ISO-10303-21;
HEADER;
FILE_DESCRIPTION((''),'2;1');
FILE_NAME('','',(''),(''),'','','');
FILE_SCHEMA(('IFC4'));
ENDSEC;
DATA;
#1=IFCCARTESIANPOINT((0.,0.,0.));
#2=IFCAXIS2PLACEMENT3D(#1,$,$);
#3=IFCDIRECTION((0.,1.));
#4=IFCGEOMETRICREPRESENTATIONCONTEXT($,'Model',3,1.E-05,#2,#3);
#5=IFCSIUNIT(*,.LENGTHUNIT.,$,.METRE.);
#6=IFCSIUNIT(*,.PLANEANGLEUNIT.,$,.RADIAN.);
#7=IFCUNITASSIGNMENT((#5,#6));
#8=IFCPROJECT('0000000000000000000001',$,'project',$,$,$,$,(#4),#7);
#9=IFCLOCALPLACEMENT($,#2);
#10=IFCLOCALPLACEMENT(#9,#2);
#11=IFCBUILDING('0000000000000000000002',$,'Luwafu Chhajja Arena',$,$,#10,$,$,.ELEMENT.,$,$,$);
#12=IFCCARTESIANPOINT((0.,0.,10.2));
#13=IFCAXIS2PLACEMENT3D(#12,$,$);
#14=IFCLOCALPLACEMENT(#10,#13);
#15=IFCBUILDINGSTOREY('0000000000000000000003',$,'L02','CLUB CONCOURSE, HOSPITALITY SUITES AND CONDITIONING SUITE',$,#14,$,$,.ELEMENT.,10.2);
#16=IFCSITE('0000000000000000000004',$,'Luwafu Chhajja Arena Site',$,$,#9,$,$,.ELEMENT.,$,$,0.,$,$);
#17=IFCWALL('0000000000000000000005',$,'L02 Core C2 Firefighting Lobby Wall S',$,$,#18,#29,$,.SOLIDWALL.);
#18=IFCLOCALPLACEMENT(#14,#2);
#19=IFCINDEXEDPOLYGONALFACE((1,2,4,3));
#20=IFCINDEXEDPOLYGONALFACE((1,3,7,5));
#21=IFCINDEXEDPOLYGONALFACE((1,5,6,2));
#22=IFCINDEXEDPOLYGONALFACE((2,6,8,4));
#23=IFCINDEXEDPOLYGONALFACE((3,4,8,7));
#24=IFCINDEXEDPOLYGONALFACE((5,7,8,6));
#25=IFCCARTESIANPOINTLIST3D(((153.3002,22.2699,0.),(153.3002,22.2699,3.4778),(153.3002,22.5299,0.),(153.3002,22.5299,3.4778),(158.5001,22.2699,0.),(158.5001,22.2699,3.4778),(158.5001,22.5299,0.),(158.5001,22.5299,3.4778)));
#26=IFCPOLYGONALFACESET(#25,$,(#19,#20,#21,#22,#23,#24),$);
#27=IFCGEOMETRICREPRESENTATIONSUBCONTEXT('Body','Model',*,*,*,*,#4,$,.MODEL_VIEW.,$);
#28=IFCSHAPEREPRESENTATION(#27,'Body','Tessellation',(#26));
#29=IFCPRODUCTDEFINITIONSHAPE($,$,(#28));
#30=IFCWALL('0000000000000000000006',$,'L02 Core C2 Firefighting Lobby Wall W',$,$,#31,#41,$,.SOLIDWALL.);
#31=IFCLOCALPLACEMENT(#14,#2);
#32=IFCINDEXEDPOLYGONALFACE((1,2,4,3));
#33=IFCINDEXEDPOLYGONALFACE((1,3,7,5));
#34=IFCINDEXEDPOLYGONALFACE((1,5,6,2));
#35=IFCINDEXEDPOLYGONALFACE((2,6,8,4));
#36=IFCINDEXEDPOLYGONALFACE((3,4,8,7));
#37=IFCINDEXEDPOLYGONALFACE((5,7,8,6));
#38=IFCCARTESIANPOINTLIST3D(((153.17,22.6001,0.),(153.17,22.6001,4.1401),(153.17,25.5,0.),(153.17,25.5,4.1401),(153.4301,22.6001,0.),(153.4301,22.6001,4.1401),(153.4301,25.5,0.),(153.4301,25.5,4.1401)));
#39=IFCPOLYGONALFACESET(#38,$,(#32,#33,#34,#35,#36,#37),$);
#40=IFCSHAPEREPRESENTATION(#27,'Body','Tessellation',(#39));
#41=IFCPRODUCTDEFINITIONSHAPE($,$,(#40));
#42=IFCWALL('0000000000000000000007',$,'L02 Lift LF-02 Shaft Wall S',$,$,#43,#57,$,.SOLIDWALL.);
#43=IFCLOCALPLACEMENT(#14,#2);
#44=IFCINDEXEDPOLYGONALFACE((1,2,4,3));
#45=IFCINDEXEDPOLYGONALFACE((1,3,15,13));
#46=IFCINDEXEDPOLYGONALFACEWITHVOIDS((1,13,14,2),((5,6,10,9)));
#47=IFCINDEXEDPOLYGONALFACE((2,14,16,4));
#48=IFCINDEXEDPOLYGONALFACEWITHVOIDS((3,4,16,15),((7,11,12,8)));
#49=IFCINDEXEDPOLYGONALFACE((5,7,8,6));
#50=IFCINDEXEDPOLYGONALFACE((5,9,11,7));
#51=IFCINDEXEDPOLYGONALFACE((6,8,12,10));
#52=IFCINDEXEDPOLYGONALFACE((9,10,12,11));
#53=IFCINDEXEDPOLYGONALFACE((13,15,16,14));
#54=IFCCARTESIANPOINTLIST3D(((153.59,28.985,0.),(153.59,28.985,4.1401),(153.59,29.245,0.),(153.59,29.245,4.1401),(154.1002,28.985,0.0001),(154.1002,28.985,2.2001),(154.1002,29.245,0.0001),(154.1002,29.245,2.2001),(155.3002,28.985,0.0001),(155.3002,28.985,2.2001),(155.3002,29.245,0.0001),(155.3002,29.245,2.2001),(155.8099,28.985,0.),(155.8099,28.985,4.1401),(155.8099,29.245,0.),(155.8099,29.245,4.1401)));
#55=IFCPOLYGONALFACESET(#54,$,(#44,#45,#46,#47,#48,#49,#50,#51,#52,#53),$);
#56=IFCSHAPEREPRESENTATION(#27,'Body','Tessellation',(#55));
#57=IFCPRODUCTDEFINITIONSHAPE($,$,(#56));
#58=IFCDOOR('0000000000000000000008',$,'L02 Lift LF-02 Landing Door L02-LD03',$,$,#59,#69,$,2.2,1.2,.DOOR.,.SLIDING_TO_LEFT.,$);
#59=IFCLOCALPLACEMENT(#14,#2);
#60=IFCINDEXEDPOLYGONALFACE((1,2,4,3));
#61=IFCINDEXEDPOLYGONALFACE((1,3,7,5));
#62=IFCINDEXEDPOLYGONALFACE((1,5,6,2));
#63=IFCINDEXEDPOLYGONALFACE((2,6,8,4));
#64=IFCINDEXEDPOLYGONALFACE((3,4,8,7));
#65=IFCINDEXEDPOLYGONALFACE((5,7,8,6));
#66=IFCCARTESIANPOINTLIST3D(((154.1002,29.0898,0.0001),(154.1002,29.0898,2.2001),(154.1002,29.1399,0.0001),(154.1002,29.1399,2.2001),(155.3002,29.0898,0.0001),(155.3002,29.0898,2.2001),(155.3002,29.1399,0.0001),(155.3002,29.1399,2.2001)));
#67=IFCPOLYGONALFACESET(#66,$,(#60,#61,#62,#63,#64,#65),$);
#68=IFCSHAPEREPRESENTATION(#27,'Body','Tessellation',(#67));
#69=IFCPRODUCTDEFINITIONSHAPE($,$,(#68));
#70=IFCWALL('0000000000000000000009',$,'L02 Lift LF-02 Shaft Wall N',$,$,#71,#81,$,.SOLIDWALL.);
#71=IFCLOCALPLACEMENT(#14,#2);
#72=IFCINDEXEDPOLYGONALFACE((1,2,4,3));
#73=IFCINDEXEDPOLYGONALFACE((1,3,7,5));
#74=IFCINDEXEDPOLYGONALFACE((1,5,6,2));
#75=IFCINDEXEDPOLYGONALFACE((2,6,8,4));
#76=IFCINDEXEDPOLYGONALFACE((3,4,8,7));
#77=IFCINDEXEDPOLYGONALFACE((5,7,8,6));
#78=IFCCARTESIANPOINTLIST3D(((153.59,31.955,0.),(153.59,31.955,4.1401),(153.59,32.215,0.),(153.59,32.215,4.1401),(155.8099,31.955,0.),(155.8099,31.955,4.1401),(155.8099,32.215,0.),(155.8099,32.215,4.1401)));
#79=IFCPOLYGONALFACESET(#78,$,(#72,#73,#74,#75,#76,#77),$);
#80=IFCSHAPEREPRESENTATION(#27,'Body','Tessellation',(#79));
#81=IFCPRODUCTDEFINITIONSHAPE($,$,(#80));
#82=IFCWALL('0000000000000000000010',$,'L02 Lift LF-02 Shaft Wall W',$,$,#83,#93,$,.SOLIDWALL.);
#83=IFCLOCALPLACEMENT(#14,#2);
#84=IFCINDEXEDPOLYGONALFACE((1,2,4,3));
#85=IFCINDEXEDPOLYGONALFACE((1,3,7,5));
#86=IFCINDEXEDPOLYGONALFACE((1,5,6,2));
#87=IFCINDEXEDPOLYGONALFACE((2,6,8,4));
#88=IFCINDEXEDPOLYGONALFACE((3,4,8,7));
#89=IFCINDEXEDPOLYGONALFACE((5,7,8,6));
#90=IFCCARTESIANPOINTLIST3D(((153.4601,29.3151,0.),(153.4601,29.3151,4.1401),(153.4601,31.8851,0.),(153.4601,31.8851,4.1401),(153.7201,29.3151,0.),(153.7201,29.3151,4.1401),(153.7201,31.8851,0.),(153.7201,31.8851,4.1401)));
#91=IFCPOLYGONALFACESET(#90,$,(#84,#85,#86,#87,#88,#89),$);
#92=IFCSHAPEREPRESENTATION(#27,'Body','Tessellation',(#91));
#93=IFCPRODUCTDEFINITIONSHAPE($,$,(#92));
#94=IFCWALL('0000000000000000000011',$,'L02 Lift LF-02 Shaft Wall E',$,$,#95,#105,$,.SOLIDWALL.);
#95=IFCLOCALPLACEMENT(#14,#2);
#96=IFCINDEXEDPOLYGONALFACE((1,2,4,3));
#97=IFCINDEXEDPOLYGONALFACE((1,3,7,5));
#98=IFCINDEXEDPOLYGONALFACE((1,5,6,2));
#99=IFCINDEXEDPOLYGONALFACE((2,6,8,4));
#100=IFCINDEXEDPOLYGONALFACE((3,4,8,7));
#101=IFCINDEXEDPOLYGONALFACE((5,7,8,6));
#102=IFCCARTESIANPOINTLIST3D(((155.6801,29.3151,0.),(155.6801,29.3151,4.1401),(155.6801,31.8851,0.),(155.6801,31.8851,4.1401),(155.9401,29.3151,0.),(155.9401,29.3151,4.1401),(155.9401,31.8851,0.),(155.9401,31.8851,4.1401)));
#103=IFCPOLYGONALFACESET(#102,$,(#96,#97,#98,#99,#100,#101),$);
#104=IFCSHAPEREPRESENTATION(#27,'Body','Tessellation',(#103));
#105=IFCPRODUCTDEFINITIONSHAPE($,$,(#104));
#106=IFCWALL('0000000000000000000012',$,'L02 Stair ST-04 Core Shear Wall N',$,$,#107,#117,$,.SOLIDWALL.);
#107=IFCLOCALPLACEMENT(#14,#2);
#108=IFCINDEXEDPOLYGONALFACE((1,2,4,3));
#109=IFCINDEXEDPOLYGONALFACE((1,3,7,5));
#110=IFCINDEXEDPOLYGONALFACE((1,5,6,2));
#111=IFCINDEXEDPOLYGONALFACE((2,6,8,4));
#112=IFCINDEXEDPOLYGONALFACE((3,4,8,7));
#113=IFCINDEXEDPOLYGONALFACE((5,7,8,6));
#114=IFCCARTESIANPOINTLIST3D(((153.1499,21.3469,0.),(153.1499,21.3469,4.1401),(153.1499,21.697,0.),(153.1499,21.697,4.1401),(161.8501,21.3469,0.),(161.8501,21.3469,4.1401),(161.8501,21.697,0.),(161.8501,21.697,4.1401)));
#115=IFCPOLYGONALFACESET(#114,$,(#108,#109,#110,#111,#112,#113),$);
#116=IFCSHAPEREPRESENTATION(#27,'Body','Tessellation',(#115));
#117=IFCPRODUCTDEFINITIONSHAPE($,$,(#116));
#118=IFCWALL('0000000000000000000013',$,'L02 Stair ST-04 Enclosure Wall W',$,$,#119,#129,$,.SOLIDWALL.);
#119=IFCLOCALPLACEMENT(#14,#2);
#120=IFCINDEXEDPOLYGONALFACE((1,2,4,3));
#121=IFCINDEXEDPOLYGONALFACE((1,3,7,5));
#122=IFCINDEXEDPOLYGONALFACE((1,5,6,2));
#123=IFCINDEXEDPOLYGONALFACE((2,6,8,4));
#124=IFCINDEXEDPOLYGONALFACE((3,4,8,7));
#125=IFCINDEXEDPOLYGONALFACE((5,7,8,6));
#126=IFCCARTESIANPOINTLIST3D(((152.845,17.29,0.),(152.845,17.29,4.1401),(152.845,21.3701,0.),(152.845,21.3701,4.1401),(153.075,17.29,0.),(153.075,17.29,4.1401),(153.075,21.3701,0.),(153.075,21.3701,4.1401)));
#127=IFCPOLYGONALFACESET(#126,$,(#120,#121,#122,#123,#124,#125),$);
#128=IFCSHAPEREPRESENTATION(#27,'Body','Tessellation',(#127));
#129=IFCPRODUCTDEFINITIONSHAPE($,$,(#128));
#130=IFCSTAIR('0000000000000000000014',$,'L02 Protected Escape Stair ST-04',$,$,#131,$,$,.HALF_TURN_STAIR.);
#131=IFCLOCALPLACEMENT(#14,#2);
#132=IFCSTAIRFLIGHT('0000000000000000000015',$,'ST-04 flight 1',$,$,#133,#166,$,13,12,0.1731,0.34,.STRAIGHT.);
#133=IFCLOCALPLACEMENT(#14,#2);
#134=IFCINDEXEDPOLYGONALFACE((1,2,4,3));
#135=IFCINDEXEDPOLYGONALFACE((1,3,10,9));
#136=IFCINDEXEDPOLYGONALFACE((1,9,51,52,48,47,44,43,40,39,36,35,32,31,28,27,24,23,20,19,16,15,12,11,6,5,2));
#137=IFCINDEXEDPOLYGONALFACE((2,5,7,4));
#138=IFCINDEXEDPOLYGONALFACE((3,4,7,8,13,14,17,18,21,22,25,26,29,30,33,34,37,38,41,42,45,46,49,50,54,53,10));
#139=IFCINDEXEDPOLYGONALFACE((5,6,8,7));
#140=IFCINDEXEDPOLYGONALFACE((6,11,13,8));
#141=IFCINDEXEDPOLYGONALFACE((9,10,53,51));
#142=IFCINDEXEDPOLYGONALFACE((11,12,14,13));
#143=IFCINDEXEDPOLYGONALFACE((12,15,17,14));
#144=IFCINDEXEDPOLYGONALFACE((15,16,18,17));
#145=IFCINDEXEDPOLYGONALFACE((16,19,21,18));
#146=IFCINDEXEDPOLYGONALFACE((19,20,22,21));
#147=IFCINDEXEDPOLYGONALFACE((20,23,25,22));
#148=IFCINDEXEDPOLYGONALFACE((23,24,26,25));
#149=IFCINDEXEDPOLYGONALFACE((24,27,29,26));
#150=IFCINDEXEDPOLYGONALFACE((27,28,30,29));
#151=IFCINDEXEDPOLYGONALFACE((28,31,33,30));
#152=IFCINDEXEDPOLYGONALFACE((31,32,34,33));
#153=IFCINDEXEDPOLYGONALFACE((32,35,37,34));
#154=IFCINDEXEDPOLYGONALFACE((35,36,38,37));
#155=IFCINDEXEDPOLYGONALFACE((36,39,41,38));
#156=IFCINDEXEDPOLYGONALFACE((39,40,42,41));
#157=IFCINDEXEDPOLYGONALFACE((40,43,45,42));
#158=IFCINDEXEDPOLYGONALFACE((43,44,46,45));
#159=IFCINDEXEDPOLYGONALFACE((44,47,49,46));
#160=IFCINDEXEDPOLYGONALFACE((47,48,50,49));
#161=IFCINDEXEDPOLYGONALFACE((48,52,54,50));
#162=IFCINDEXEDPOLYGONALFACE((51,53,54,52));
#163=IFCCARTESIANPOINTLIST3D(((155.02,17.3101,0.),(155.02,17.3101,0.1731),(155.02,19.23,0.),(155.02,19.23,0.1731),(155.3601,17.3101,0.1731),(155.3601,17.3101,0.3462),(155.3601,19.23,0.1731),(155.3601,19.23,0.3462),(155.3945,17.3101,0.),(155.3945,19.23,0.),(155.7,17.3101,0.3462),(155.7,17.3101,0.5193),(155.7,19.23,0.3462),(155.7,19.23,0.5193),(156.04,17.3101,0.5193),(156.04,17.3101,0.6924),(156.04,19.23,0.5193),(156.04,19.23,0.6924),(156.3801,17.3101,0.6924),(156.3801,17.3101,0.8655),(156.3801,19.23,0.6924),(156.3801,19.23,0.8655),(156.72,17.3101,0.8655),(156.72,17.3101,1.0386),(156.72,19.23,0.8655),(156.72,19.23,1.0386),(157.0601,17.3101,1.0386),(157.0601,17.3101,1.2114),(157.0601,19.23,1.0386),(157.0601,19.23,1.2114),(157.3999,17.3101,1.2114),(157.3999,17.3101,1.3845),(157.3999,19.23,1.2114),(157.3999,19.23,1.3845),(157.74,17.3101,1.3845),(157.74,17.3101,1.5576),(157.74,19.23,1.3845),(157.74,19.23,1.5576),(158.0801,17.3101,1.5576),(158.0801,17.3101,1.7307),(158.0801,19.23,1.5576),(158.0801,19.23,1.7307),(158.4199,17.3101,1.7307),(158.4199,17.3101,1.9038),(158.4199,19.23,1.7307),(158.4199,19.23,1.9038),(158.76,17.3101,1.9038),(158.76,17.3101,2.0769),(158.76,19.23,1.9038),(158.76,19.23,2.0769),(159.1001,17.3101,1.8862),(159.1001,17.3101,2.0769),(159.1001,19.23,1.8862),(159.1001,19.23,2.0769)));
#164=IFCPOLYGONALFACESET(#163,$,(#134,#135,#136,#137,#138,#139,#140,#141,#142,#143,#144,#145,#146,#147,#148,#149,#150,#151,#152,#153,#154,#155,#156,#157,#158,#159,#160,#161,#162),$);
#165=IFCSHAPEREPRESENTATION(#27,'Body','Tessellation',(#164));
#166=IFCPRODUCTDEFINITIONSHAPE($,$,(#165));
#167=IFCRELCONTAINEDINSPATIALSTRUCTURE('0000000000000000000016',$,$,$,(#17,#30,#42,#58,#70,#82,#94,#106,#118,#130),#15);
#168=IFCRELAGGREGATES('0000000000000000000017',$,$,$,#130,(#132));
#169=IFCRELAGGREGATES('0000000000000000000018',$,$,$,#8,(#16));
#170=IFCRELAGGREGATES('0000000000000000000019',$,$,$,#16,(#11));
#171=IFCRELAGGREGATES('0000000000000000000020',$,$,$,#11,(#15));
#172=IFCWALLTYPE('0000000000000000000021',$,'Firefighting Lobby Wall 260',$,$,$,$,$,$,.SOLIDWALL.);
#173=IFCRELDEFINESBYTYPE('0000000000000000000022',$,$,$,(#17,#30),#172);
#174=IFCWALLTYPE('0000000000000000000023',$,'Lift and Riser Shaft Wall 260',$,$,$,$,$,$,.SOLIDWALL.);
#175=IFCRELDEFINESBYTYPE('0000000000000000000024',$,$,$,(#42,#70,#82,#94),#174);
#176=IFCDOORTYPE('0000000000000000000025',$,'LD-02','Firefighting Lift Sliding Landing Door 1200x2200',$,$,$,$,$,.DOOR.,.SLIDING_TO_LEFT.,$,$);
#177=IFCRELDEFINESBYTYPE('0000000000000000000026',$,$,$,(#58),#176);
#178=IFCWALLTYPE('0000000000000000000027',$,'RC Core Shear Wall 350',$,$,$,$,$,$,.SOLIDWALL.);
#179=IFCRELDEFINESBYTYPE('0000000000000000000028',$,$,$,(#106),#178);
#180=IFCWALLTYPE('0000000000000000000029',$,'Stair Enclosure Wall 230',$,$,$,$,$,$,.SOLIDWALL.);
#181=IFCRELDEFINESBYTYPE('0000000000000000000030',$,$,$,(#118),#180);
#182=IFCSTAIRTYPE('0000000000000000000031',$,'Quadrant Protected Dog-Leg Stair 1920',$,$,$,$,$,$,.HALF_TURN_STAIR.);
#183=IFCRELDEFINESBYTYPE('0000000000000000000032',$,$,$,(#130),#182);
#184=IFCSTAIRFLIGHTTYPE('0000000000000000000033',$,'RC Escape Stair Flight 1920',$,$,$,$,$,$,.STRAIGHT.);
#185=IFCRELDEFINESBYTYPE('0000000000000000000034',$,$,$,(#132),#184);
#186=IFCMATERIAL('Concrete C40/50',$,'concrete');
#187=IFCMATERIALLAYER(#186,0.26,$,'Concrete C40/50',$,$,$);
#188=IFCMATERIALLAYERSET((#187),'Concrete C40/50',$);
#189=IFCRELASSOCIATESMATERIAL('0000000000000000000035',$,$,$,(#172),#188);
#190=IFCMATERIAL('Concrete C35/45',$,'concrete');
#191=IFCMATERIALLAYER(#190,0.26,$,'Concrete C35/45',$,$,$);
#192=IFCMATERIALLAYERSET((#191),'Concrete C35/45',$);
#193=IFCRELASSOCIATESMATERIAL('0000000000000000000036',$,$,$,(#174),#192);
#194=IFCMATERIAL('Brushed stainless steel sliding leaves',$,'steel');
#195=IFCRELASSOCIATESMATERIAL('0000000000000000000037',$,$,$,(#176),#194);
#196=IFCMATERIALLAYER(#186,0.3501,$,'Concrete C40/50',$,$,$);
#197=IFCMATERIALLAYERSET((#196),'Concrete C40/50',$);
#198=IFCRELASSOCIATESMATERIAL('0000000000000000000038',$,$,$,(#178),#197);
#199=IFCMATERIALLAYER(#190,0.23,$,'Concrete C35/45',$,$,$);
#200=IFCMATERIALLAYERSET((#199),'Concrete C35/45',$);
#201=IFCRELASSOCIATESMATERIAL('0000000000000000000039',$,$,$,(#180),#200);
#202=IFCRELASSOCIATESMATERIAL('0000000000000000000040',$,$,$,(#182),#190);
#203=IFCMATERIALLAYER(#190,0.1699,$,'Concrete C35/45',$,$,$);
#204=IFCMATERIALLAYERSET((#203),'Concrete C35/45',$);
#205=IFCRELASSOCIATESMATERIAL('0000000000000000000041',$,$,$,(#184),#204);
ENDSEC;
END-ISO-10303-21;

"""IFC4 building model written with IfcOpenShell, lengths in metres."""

from ifc_helpers import new_model, si_unit, direction, frame, frame_2d, origin, place, context, subcontext, project, spatial, polyline, rectangle, outline, extrude, material, layer, layer_set, type_object, element, fill, aggregate, save


model = new_model("IFC4")

# Units and contexts
model_context = context("Model", 3, precision=1e-05, world=origin(), true_north=direction((0.0, 1.0)))
body_context = subcontext(model_context, "Body", "Model", "MODEL_VIEW")
ifc_project = project(units=[si_unit("LENGTHUNIT", "METRE"), si_unit("PLANEANGLEUNIT", "RADIAN")], contexts=[model_context])

# Site, building, storey
site_placement = place(None, origin())
site = spatial("IfcSite", under=ifc_project, at=site_placement, Name="Luwafu Chhajja Arena Site", CompositionType="ELEMENT", RefElevation=0.0)
building_placement = place(site_placement, origin())
building = spatial("IfcBuilding", under=site, at=building_placement, Name="Luwafu Chhajja Arena", CompositionType="ELEMENT")
storey_placement = place(building_placement, frame((0.0, 0.0, 10.2)))
storey = spatial("IfcBuildingStorey", under=building, at=storey_placement, Name="L02", Description="CLUB CONCOURSE, HOSPITALITY SUITES AND CONDITIONING SUITE", CompositionType="ELEMENT", Elevation=10.2)

# Shared definitions
ifc_material_1 = material(Name="Concrete C35/45", Category="concrete")
ifc_material_2 = material(Name="Concrete C40/50", Category="concrete")

# Shared definitions
ifc_layer_1 = layer(ifc_material_2, 0.26, Name="Concrete C40/50")
ifc_layer_set_1 = layer_set([ifc_layer_1], Name="Concrete C40/50")
wall_type_1 = type_object("IfcWallType", Name="Firefighting Lobby Wall 260", PredefinedType="SOLIDWALL", material=ifc_layer_set_1)

# Walls
wall_1_placement = place(storey_placement, frame((153.3, 22.3999, 0.0), z_axis=(0.0, 0.0, 1.0), x_axis=(1.0, 0.0, 0.0)))
element("IfcWall", 1, at=wall_1_placement, inside=storey, type_object=wall_type_1, Name="L02 Core C2 Firefighting Lobby Wall S", PredefinedType="SOLIDWALL", context=body_context, shape_type="SweptSolid", body=[
    extrude(rectangle(XDim=5.2, YDim=0.26, at=frame_2d((2.6001, 0.0))), origin(), (0.0, 0.0, 1.0), 3.4778),
])
wall_2_placement = place(storey_placement, frame((153.3, 22.6001, 0.0), z_axis=(0.0, 0.0, 1.0), x_axis=(0.0, 1.0, 0.0)))
element("IfcWall", 2, at=wall_2_placement, inside=storey, type_object=wall_type_1, Name="L02 Core C2 Firefighting Lobby Wall W", PredefinedType="SOLIDWALL", context=body_context, shape_type="SweptSolid", body=[
    extrude(rectangle(XDim=2.8999, YDim=0.26, at=frame_2d((1.45, 0.0))), origin(), (0.0, 0.0, 1.0), 4.1401),
])

# Wall, opening, door
ifc_layer_2 = layer(ifc_material_1, 0.26, Name="Concrete C35/45")
ifc_layer_set_2 = layer_set([ifc_layer_2], Name="Concrete C35/45")
wall_type_2 = type_object("IfcWallType", Name="Lift and Riser Shaft Wall 260", PredefinedType="SOLIDWALL", material=ifc_layer_set_2)
wall_3_placement = place(storey_placement, frame((153.5901, 29.115, 0.0), z_axis=(0.0, 0.0, 1.0), x_axis=(1.0, 0.0, 0.0)))
wall_3 = element("IfcWall", 3, at=wall_3_placement, inside=storey, type_object=wall_type_2, Name="L02 Lift LF-02 Shaft Wall S", PredefinedType="SOLIDWALL", context=body_context, shape_type="SweptSolid", body=[
    extrude(rectangle(XDim=2.22, YDim=0.26, at=frame_2d((1.1099, 0.0))), origin(), (0.0, 0.0, 1.0), 4.1401),
])
opening_1_placement = place(wall_3_placement, frame((0.51, 0.0, 0.0)))
opening_1 = element("IfcOpeningElement", 4, at=opening_1_placement, cuts=wall_3, PredefinedType="OPENING", context=body_context, shape_type="SweptSolid", body=[
    extrude(rectangle(XDim=1.2, YDim=2.2, at=frame_2d((0.6001, 1.1001))), frame((0.0, 0.1399, 0.0), z_axis=(0.0, -1.0, 0.0), x_axis=(1.0, 0.0, 0.0)), (0.0, 0.0, 1.0), 0.28),
])
ifc_material_3 = material(Name="Brushed stainless steel sliding leaves", Category="steel")
door_type_1 = type_object("IfcDoorType", Name="LD-02", Description="Firefighting Lift Sliding Landing Door 1200x2200", OperationType="SLIDING_TO_LEFT", PredefinedType="DOOR", material=ifc_material_3)
door_1_placement = place(opening_1_placement, origin())
door_1 = element("IfcDoor", 5, at=door_1_placement, inside=storey, type_object=door_type_1, Name="L02 Lift LF-02 Landing Door L02-LD03", OperationType="SLIDING_TO_LEFT", OverallHeight=2.2, OverallWidth=1.2, PredefinedType="DOOR", context=body_context, shape_type="SweptSolid", body=[
    extrude(rectangle(XDim=1.2, YDim=2.2, at=frame_2d((0.6001, 1.1001))), frame((0.0, 0.0249, 0.0), z_axis=(0.0, -1.0, 0.0), x_axis=(1.0, 0.0, 0.0)), (0.0, 0.0, 1.0), 0.05),
])
fill(opening_1, door_1)

# Walls
wall_4_placement = place(storey_placement, frame((153.5901, 32.085, 0.0), z_axis=(0.0, 0.0, 1.0), x_axis=(1.0, 0.0, 0.0)))
element("IfcWall", 6, at=wall_4_placement, inside=storey, type_object=wall_type_2, Name="L02 Lift LF-02 Shaft Wall N", PredefinedType="SOLIDWALL", context=body_context, shape_type="SweptSolid", body=[
    extrude(rectangle(XDim=2.22, YDim=0.26, at=frame_2d((1.1099, 0.0))), origin(), (0.0, 0.0, 1.0), 4.1401),
])
for number, where, z_axis, x_axis, name in (
    (7, (153.5901, 29.3149, 0.0), (0.0, 0.0, 1.0), (0.0, 1.0, 0.0), "L02 Lift LF-02 Shaft Wall W"),
    (8, (155.8101, 29.3149, 0.0), (0.0, 0.0, 1.0), (0.0, 1.0, 0.0), "L02 Lift LF-02 Shaft Wall E"),
):
    element("IfcWall", number, at=place(storey_placement, frame(where, z_axis=z_axis, x_axis=x_axis)), inside=storey, type_object=wall_type_2, Name=name, PredefinedType="SOLIDWALL", context=body_context, shape_type="SweptSolid", body=[
        extrude(rectangle(XDim=2.5701, YDim=0.26, at=frame_2d((1.2852, 0.0))), origin(), (0.0, 0.0, 1.0), 4.1401),
    ])

# Walls
ifc_layer_3 = layer(ifc_material_2, 0.3501, Name="Concrete C40/50")
ifc_layer_set_3 = layer_set([ifc_layer_3], Name="Concrete C40/50")
wall_type_3 = type_object("IfcWallType", Name="RC Core Shear Wall 350", PredefinedType="SOLIDWALL", material=ifc_layer_set_3)
wall_5_placement = place(storey_placement, frame((153.1499, 21.522, 0.0), z_axis=(0.0, 0.0, 1.0), x_axis=(1.0, 0.0, 0.0)))
element("IfcWall", 9, at=wall_5_placement, inside=storey, type_object=wall_type_3, Name="L02 Stair ST-04 Core Shear Wall N", PredefinedType="SOLIDWALL", context=body_context, shape_type="SweptSolid", body=[
    extrude(rectangle(XDim=8.7002, YDim=0.3501, at=frame_2d((4.3501, 0.0))), origin(), (0.0, 0.0, 1.0), 4.1401),
])
ifc_layer_4 = layer(ifc_material_1, 0.23, Name="Concrete C35/45")
ifc_layer_set_4 = layer_set([ifc_layer_4], Name="Concrete C35/45")
wall_type_4 = type_object("IfcWallType", Name="Stair Enclosure Wall 230", PredefinedType="SOLIDWALL", material=ifc_layer_set_4)
wall_6_placement = place(storey_placement, frame((152.96, 17.29, 0.0), z_axis=(0.0, 0.0, 1.0), x_axis=(0.0, 1.0, 0.0)))
element("IfcWall", 10, at=wall_6_placement, inside=storey, type_object=wall_type_4, Name="L02 Stair ST-04 Enclosure Wall W", PredefinedType="SOLIDWALL", context=body_context, shape_type="SweptSolid", body=[
    extrude(rectangle(XDim=4.0801, YDim=0.23, at=frame_2d((2.04, 0.0))), origin(), (0.0, 0.0, 1.0), 4.1401),
])

# Stair, stair flight
stair_type = type_object("IfcStairType", Name="Quadrant Protected Dog-Leg Stair 1920", PredefinedType="HALF_TURN_STAIR", material=ifc_material_1)
stair_placement = place(storey_placement, origin())
stair = element("IfcStair", 11, at=stair_placement, inside=storey, type_object=stair_type, Name="L02 Protected Escape Stair ST-04", PredefinedType="HALF_TURN_STAIR")
ifc_layer_5 = layer(ifc_material_1, 0.1699, Name="Concrete C35/45")
ifc_layer_set_5 = layer_set([ifc_layer_5], Name="Concrete C35/45")
stair_flight_type = type_object("IfcStairFlightType", Name="RC Escape Stair Flight 1920", PredefinedType="STRAIGHT", material=ifc_layer_set_5)
stair_flight_placement = place(storey_placement, frame((155.02, 18.27, 0.0), z_axis=(0.0, 0.0, 1.0), x_axis=(1.0, 0.0, 0.0)))
stair_flight = element("IfcStairFlight", 12, at=stair_flight_placement, type_object=stair_flight_type, Name="ST-04 flight 1", NumberOfRisers=13, NumberOfTreads=12, PredefinedType="STRAIGHT", RiserHeight=0.1731, TreadLength=0.34, context=body_context, shape_type="SweptSolid", body=[
    extrude(outline(polyline([(0.0, 0.0), (0.0, 0.1731), (0.3401, 0.1731), (0.3401, 0.3462), (0.6799, 0.3462), (0.6799, 0.5193), (1.02, 0.5193), (1.02, 0.6924), (1.3601, 0.6924), (1.3601, 0.8655), (1.7, 0.8655), (1.7, 1.0386), (2.04, 1.0386), (2.04, 1.2114), (2.3799, 1.2114), (2.3799, 1.3845), (2.72, 1.3845), (2.72, 1.5576), (3.0601, 1.5576), (3.0601, 1.7307), (3.3999, 1.7307), (3.3999, 1.9038), (3.74, 1.9038), (3.74, 2.0769), (4.0801, 2.0769), (4.0801, 2.25), (4.0801, 1.8862), (0.3745, 0.0), (0.0, 0.0)])), frame((0.0, 0.96, 0.0), z_axis=(0.0, -1.0, 0.0), x_axis=(1.0, 0.0, 0.0)), (0.0, 0.0, 1.0), 1.9199),
])
aggregate(stair, [stair_flight])

save(model, "model.ifc")
